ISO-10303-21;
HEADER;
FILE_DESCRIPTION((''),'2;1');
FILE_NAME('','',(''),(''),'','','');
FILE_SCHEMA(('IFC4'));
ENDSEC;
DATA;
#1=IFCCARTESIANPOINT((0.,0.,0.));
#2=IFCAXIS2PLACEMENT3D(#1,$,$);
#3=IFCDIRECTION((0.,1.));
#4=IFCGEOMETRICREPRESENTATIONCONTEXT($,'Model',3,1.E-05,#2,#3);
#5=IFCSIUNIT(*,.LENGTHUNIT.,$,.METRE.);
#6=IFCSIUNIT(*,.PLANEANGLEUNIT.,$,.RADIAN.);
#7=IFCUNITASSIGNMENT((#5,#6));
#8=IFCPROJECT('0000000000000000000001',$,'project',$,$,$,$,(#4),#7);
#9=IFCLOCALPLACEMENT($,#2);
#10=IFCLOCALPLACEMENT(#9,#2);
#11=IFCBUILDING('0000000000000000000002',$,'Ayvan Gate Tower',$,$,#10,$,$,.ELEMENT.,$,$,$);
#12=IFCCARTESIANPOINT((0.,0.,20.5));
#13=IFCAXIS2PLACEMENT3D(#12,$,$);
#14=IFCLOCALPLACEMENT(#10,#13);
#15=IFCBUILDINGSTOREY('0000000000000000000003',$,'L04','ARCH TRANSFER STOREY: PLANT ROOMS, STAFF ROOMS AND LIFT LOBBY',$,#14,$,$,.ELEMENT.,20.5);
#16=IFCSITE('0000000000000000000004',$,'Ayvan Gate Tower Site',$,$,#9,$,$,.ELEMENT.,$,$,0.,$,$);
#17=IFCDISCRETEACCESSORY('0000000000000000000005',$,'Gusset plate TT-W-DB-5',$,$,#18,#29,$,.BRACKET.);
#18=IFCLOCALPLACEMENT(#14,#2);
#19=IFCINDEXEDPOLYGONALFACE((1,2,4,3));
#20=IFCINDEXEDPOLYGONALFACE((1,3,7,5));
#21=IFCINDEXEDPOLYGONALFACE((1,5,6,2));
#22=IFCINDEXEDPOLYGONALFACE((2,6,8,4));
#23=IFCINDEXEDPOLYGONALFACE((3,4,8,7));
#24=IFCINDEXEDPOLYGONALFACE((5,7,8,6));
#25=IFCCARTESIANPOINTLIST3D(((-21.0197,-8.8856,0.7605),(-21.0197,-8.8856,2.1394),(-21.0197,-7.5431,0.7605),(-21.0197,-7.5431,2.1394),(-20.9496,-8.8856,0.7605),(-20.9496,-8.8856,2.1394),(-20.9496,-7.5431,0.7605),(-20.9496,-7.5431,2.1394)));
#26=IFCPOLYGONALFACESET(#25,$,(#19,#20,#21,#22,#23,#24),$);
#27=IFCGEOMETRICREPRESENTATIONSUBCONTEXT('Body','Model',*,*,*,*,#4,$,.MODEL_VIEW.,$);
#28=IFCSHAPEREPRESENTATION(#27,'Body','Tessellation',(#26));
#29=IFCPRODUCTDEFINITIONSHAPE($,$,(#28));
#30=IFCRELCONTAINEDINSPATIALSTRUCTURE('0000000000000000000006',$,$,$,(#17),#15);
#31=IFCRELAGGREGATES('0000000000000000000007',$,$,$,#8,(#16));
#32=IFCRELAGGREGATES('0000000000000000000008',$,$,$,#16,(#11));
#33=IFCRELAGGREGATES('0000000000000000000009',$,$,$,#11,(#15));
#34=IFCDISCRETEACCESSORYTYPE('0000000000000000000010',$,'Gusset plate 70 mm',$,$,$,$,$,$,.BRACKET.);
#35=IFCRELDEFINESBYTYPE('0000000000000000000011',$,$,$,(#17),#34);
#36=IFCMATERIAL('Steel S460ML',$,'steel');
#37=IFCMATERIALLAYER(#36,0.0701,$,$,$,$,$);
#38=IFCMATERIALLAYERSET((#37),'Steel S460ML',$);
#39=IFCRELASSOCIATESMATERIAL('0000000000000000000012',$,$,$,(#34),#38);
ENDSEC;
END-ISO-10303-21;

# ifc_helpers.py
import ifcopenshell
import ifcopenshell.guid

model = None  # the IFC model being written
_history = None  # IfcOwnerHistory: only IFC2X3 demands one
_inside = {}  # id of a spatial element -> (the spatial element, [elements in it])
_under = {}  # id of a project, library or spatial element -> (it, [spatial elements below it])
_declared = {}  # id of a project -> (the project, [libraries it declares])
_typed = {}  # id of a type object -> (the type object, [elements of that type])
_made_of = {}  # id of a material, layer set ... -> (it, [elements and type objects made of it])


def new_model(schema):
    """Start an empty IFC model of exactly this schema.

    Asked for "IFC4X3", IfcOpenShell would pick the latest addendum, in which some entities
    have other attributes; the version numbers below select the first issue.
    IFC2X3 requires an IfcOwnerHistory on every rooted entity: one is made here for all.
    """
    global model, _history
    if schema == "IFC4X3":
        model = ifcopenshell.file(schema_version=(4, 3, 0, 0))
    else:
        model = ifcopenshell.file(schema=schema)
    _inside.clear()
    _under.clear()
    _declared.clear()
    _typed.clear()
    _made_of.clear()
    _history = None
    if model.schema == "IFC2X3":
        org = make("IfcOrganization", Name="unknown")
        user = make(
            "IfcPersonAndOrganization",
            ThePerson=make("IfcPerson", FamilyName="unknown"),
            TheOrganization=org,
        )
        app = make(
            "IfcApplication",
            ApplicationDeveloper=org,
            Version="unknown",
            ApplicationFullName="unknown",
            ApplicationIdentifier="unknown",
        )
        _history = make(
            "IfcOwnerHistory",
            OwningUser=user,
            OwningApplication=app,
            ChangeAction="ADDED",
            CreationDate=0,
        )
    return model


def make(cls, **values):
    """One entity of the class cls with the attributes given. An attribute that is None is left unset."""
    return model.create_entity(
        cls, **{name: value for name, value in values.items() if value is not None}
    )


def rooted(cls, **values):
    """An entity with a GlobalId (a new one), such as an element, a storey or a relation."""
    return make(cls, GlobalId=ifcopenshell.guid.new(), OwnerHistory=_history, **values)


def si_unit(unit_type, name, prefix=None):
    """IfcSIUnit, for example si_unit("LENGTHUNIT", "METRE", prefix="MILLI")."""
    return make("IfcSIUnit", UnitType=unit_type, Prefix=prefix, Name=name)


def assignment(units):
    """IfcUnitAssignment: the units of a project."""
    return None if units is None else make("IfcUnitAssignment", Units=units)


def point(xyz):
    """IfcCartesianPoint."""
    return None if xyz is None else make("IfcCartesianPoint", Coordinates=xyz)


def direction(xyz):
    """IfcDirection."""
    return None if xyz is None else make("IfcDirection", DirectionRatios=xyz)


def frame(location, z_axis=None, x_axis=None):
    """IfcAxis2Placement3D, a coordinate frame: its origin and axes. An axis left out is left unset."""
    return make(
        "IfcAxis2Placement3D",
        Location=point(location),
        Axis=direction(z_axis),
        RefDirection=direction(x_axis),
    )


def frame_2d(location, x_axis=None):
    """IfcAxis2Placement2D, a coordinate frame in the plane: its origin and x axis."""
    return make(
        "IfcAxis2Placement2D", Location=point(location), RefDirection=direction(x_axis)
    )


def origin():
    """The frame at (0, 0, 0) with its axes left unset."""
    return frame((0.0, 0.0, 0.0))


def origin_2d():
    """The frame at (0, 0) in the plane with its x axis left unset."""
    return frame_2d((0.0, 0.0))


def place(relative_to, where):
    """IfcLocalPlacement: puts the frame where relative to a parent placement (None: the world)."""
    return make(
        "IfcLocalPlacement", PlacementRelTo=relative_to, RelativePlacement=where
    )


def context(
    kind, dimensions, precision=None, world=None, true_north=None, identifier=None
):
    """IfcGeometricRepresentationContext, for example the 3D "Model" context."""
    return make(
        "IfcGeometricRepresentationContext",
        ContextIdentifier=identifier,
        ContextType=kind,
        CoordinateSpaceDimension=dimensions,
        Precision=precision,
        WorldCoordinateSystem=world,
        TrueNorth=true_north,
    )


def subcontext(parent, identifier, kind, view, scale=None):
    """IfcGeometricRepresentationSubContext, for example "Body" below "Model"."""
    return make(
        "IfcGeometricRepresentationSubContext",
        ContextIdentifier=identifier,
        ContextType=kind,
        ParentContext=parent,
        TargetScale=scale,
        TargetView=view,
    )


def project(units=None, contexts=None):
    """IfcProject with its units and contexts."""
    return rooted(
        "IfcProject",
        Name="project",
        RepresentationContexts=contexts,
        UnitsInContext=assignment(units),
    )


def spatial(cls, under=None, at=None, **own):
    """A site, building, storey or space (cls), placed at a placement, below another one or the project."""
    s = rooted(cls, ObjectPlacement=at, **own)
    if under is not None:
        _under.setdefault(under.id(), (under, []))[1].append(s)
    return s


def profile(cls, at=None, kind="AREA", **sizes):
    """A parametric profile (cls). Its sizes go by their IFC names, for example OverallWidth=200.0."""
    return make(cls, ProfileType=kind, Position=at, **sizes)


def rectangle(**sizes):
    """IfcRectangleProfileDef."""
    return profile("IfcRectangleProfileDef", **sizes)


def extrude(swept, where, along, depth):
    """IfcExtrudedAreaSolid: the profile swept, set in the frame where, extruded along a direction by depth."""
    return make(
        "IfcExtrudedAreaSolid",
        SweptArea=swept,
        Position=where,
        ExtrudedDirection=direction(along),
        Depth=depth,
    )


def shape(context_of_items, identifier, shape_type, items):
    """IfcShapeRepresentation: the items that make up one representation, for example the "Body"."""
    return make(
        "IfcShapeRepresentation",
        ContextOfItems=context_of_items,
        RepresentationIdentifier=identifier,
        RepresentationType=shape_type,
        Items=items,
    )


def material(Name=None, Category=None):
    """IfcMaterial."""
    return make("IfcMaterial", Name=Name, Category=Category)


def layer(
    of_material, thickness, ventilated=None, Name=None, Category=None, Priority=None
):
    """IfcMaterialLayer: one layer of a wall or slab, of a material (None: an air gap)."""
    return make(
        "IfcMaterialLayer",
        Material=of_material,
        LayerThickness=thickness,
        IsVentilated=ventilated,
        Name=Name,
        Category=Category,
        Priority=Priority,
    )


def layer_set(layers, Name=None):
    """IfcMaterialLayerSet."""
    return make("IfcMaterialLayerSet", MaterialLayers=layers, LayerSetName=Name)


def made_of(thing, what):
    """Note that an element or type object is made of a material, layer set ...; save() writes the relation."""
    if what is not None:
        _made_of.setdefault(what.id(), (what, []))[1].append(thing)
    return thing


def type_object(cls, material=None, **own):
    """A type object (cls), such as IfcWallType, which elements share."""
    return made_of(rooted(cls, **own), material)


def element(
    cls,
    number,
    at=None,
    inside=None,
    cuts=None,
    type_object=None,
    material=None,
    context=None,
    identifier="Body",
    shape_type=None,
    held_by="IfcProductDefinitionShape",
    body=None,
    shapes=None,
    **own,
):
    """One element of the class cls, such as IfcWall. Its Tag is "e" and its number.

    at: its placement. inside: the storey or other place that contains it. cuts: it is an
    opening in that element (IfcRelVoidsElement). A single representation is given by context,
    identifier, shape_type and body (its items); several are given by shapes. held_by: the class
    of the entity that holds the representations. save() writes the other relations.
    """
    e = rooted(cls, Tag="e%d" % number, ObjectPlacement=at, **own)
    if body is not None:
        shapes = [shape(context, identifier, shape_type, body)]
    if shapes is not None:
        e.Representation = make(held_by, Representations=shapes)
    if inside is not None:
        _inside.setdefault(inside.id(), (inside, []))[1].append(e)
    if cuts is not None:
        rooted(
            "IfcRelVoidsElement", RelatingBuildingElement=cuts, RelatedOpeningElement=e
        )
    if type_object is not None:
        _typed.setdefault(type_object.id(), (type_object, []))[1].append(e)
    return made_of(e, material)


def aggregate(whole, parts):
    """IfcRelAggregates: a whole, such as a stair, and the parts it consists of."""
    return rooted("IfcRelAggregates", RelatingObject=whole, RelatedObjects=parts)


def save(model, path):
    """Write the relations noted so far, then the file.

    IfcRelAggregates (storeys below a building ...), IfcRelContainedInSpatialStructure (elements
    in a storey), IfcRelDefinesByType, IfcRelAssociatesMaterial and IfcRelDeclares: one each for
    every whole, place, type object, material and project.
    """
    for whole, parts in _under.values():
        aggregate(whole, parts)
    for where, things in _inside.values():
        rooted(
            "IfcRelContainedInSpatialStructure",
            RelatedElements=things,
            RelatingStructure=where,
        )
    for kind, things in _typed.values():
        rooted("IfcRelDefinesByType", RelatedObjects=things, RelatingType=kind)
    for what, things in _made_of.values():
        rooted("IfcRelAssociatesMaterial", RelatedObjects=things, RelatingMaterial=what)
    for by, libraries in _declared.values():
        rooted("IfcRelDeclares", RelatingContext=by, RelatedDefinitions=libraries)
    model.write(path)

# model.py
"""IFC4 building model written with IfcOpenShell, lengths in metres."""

from ifc_helpers import new_model, si_unit, direction, frame, origin, origin_2d, place, context, subcontext, project, spatial, rectangle, extrude, material, layer, layer_set, type_object, element, save


model = new_model("IFC4")

# Units and contexts
model_context = context("Model", 3, precision=1e-05, world=origin(), true_north=direction((0.0, 1.0)))
body_context = subcontext(model_context, "Body", "Model", "MODEL_VIEW")
ifc_project = project(units=[si_unit("LENGTHUNIT", "METRE"), si_unit("PLANEANGLEUNIT", "RADIAN")], contexts=[model_context])

# Site, building, storey
site_placement = place(None, origin())
site = spatial("IfcSite", under=ifc_project, at=site_placement, Name="Ayvan Gate Tower Site", CompositionType="ELEMENT", RefElevation=0.0)
building_placement = place(site_placement, origin())
building = spatial("IfcBuilding", under=site, at=building_placement, Name="Ayvan Gate Tower", CompositionType="ELEMENT")
storey_placement = place(building_placement, frame((0.0, 0.0, 20.5)))
storey = spatial("IfcBuildingStorey", under=building, at=storey_placement, Name="L04", Description="ARCH TRANSFER STOREY: PLANT ROOMS, STAFF ROOMS AND LIFT LOBBY", CompositionType="ELEMENT", Elevation=20.5)

# Shared definitions
ifc_material_1 = material(Name="Steel S460ML", Category="steel")

# Discrete accessory
ifc_layer_1 = layer(ifc_material_1, 0.0701)
ifc_layer_set_1 = layer_set([ifc_layer_1], Name="Steel S460ML")
discrete_accessory_type_1 = type_object("IfcDiscreteAccessoryType", Name="Gusset plate 70 mm", PredefinedType="BRACKET", material=ifc_layer_set_1)
for number, where, z_axis, x_axis, name in (
    (1, (-20.9846, -8.2144, 0.7605), (0.0, 0.0, 1.0), (0.0, 1.0, 0.0), "Gusset plate TT-W-DB-5"),
):
    element("IfcDiscreteAccessory", number, at=place(storey_placement, frame(where, z_axis=z_axis, x_axis=x_axis)), inside=storey, type_object=discrete_accessory_type_1, Name=name, PredefinedType="BRACKET", context=body_context, shape_type="SweptSolid", body=[
        extrude(rectangle(XDim=1.3425, YDim=0.0701, at=origin_2d()), origin(), (0.0, 0.0, 1.0), 1.3789),
    ])

save(model, "model.ifc")
